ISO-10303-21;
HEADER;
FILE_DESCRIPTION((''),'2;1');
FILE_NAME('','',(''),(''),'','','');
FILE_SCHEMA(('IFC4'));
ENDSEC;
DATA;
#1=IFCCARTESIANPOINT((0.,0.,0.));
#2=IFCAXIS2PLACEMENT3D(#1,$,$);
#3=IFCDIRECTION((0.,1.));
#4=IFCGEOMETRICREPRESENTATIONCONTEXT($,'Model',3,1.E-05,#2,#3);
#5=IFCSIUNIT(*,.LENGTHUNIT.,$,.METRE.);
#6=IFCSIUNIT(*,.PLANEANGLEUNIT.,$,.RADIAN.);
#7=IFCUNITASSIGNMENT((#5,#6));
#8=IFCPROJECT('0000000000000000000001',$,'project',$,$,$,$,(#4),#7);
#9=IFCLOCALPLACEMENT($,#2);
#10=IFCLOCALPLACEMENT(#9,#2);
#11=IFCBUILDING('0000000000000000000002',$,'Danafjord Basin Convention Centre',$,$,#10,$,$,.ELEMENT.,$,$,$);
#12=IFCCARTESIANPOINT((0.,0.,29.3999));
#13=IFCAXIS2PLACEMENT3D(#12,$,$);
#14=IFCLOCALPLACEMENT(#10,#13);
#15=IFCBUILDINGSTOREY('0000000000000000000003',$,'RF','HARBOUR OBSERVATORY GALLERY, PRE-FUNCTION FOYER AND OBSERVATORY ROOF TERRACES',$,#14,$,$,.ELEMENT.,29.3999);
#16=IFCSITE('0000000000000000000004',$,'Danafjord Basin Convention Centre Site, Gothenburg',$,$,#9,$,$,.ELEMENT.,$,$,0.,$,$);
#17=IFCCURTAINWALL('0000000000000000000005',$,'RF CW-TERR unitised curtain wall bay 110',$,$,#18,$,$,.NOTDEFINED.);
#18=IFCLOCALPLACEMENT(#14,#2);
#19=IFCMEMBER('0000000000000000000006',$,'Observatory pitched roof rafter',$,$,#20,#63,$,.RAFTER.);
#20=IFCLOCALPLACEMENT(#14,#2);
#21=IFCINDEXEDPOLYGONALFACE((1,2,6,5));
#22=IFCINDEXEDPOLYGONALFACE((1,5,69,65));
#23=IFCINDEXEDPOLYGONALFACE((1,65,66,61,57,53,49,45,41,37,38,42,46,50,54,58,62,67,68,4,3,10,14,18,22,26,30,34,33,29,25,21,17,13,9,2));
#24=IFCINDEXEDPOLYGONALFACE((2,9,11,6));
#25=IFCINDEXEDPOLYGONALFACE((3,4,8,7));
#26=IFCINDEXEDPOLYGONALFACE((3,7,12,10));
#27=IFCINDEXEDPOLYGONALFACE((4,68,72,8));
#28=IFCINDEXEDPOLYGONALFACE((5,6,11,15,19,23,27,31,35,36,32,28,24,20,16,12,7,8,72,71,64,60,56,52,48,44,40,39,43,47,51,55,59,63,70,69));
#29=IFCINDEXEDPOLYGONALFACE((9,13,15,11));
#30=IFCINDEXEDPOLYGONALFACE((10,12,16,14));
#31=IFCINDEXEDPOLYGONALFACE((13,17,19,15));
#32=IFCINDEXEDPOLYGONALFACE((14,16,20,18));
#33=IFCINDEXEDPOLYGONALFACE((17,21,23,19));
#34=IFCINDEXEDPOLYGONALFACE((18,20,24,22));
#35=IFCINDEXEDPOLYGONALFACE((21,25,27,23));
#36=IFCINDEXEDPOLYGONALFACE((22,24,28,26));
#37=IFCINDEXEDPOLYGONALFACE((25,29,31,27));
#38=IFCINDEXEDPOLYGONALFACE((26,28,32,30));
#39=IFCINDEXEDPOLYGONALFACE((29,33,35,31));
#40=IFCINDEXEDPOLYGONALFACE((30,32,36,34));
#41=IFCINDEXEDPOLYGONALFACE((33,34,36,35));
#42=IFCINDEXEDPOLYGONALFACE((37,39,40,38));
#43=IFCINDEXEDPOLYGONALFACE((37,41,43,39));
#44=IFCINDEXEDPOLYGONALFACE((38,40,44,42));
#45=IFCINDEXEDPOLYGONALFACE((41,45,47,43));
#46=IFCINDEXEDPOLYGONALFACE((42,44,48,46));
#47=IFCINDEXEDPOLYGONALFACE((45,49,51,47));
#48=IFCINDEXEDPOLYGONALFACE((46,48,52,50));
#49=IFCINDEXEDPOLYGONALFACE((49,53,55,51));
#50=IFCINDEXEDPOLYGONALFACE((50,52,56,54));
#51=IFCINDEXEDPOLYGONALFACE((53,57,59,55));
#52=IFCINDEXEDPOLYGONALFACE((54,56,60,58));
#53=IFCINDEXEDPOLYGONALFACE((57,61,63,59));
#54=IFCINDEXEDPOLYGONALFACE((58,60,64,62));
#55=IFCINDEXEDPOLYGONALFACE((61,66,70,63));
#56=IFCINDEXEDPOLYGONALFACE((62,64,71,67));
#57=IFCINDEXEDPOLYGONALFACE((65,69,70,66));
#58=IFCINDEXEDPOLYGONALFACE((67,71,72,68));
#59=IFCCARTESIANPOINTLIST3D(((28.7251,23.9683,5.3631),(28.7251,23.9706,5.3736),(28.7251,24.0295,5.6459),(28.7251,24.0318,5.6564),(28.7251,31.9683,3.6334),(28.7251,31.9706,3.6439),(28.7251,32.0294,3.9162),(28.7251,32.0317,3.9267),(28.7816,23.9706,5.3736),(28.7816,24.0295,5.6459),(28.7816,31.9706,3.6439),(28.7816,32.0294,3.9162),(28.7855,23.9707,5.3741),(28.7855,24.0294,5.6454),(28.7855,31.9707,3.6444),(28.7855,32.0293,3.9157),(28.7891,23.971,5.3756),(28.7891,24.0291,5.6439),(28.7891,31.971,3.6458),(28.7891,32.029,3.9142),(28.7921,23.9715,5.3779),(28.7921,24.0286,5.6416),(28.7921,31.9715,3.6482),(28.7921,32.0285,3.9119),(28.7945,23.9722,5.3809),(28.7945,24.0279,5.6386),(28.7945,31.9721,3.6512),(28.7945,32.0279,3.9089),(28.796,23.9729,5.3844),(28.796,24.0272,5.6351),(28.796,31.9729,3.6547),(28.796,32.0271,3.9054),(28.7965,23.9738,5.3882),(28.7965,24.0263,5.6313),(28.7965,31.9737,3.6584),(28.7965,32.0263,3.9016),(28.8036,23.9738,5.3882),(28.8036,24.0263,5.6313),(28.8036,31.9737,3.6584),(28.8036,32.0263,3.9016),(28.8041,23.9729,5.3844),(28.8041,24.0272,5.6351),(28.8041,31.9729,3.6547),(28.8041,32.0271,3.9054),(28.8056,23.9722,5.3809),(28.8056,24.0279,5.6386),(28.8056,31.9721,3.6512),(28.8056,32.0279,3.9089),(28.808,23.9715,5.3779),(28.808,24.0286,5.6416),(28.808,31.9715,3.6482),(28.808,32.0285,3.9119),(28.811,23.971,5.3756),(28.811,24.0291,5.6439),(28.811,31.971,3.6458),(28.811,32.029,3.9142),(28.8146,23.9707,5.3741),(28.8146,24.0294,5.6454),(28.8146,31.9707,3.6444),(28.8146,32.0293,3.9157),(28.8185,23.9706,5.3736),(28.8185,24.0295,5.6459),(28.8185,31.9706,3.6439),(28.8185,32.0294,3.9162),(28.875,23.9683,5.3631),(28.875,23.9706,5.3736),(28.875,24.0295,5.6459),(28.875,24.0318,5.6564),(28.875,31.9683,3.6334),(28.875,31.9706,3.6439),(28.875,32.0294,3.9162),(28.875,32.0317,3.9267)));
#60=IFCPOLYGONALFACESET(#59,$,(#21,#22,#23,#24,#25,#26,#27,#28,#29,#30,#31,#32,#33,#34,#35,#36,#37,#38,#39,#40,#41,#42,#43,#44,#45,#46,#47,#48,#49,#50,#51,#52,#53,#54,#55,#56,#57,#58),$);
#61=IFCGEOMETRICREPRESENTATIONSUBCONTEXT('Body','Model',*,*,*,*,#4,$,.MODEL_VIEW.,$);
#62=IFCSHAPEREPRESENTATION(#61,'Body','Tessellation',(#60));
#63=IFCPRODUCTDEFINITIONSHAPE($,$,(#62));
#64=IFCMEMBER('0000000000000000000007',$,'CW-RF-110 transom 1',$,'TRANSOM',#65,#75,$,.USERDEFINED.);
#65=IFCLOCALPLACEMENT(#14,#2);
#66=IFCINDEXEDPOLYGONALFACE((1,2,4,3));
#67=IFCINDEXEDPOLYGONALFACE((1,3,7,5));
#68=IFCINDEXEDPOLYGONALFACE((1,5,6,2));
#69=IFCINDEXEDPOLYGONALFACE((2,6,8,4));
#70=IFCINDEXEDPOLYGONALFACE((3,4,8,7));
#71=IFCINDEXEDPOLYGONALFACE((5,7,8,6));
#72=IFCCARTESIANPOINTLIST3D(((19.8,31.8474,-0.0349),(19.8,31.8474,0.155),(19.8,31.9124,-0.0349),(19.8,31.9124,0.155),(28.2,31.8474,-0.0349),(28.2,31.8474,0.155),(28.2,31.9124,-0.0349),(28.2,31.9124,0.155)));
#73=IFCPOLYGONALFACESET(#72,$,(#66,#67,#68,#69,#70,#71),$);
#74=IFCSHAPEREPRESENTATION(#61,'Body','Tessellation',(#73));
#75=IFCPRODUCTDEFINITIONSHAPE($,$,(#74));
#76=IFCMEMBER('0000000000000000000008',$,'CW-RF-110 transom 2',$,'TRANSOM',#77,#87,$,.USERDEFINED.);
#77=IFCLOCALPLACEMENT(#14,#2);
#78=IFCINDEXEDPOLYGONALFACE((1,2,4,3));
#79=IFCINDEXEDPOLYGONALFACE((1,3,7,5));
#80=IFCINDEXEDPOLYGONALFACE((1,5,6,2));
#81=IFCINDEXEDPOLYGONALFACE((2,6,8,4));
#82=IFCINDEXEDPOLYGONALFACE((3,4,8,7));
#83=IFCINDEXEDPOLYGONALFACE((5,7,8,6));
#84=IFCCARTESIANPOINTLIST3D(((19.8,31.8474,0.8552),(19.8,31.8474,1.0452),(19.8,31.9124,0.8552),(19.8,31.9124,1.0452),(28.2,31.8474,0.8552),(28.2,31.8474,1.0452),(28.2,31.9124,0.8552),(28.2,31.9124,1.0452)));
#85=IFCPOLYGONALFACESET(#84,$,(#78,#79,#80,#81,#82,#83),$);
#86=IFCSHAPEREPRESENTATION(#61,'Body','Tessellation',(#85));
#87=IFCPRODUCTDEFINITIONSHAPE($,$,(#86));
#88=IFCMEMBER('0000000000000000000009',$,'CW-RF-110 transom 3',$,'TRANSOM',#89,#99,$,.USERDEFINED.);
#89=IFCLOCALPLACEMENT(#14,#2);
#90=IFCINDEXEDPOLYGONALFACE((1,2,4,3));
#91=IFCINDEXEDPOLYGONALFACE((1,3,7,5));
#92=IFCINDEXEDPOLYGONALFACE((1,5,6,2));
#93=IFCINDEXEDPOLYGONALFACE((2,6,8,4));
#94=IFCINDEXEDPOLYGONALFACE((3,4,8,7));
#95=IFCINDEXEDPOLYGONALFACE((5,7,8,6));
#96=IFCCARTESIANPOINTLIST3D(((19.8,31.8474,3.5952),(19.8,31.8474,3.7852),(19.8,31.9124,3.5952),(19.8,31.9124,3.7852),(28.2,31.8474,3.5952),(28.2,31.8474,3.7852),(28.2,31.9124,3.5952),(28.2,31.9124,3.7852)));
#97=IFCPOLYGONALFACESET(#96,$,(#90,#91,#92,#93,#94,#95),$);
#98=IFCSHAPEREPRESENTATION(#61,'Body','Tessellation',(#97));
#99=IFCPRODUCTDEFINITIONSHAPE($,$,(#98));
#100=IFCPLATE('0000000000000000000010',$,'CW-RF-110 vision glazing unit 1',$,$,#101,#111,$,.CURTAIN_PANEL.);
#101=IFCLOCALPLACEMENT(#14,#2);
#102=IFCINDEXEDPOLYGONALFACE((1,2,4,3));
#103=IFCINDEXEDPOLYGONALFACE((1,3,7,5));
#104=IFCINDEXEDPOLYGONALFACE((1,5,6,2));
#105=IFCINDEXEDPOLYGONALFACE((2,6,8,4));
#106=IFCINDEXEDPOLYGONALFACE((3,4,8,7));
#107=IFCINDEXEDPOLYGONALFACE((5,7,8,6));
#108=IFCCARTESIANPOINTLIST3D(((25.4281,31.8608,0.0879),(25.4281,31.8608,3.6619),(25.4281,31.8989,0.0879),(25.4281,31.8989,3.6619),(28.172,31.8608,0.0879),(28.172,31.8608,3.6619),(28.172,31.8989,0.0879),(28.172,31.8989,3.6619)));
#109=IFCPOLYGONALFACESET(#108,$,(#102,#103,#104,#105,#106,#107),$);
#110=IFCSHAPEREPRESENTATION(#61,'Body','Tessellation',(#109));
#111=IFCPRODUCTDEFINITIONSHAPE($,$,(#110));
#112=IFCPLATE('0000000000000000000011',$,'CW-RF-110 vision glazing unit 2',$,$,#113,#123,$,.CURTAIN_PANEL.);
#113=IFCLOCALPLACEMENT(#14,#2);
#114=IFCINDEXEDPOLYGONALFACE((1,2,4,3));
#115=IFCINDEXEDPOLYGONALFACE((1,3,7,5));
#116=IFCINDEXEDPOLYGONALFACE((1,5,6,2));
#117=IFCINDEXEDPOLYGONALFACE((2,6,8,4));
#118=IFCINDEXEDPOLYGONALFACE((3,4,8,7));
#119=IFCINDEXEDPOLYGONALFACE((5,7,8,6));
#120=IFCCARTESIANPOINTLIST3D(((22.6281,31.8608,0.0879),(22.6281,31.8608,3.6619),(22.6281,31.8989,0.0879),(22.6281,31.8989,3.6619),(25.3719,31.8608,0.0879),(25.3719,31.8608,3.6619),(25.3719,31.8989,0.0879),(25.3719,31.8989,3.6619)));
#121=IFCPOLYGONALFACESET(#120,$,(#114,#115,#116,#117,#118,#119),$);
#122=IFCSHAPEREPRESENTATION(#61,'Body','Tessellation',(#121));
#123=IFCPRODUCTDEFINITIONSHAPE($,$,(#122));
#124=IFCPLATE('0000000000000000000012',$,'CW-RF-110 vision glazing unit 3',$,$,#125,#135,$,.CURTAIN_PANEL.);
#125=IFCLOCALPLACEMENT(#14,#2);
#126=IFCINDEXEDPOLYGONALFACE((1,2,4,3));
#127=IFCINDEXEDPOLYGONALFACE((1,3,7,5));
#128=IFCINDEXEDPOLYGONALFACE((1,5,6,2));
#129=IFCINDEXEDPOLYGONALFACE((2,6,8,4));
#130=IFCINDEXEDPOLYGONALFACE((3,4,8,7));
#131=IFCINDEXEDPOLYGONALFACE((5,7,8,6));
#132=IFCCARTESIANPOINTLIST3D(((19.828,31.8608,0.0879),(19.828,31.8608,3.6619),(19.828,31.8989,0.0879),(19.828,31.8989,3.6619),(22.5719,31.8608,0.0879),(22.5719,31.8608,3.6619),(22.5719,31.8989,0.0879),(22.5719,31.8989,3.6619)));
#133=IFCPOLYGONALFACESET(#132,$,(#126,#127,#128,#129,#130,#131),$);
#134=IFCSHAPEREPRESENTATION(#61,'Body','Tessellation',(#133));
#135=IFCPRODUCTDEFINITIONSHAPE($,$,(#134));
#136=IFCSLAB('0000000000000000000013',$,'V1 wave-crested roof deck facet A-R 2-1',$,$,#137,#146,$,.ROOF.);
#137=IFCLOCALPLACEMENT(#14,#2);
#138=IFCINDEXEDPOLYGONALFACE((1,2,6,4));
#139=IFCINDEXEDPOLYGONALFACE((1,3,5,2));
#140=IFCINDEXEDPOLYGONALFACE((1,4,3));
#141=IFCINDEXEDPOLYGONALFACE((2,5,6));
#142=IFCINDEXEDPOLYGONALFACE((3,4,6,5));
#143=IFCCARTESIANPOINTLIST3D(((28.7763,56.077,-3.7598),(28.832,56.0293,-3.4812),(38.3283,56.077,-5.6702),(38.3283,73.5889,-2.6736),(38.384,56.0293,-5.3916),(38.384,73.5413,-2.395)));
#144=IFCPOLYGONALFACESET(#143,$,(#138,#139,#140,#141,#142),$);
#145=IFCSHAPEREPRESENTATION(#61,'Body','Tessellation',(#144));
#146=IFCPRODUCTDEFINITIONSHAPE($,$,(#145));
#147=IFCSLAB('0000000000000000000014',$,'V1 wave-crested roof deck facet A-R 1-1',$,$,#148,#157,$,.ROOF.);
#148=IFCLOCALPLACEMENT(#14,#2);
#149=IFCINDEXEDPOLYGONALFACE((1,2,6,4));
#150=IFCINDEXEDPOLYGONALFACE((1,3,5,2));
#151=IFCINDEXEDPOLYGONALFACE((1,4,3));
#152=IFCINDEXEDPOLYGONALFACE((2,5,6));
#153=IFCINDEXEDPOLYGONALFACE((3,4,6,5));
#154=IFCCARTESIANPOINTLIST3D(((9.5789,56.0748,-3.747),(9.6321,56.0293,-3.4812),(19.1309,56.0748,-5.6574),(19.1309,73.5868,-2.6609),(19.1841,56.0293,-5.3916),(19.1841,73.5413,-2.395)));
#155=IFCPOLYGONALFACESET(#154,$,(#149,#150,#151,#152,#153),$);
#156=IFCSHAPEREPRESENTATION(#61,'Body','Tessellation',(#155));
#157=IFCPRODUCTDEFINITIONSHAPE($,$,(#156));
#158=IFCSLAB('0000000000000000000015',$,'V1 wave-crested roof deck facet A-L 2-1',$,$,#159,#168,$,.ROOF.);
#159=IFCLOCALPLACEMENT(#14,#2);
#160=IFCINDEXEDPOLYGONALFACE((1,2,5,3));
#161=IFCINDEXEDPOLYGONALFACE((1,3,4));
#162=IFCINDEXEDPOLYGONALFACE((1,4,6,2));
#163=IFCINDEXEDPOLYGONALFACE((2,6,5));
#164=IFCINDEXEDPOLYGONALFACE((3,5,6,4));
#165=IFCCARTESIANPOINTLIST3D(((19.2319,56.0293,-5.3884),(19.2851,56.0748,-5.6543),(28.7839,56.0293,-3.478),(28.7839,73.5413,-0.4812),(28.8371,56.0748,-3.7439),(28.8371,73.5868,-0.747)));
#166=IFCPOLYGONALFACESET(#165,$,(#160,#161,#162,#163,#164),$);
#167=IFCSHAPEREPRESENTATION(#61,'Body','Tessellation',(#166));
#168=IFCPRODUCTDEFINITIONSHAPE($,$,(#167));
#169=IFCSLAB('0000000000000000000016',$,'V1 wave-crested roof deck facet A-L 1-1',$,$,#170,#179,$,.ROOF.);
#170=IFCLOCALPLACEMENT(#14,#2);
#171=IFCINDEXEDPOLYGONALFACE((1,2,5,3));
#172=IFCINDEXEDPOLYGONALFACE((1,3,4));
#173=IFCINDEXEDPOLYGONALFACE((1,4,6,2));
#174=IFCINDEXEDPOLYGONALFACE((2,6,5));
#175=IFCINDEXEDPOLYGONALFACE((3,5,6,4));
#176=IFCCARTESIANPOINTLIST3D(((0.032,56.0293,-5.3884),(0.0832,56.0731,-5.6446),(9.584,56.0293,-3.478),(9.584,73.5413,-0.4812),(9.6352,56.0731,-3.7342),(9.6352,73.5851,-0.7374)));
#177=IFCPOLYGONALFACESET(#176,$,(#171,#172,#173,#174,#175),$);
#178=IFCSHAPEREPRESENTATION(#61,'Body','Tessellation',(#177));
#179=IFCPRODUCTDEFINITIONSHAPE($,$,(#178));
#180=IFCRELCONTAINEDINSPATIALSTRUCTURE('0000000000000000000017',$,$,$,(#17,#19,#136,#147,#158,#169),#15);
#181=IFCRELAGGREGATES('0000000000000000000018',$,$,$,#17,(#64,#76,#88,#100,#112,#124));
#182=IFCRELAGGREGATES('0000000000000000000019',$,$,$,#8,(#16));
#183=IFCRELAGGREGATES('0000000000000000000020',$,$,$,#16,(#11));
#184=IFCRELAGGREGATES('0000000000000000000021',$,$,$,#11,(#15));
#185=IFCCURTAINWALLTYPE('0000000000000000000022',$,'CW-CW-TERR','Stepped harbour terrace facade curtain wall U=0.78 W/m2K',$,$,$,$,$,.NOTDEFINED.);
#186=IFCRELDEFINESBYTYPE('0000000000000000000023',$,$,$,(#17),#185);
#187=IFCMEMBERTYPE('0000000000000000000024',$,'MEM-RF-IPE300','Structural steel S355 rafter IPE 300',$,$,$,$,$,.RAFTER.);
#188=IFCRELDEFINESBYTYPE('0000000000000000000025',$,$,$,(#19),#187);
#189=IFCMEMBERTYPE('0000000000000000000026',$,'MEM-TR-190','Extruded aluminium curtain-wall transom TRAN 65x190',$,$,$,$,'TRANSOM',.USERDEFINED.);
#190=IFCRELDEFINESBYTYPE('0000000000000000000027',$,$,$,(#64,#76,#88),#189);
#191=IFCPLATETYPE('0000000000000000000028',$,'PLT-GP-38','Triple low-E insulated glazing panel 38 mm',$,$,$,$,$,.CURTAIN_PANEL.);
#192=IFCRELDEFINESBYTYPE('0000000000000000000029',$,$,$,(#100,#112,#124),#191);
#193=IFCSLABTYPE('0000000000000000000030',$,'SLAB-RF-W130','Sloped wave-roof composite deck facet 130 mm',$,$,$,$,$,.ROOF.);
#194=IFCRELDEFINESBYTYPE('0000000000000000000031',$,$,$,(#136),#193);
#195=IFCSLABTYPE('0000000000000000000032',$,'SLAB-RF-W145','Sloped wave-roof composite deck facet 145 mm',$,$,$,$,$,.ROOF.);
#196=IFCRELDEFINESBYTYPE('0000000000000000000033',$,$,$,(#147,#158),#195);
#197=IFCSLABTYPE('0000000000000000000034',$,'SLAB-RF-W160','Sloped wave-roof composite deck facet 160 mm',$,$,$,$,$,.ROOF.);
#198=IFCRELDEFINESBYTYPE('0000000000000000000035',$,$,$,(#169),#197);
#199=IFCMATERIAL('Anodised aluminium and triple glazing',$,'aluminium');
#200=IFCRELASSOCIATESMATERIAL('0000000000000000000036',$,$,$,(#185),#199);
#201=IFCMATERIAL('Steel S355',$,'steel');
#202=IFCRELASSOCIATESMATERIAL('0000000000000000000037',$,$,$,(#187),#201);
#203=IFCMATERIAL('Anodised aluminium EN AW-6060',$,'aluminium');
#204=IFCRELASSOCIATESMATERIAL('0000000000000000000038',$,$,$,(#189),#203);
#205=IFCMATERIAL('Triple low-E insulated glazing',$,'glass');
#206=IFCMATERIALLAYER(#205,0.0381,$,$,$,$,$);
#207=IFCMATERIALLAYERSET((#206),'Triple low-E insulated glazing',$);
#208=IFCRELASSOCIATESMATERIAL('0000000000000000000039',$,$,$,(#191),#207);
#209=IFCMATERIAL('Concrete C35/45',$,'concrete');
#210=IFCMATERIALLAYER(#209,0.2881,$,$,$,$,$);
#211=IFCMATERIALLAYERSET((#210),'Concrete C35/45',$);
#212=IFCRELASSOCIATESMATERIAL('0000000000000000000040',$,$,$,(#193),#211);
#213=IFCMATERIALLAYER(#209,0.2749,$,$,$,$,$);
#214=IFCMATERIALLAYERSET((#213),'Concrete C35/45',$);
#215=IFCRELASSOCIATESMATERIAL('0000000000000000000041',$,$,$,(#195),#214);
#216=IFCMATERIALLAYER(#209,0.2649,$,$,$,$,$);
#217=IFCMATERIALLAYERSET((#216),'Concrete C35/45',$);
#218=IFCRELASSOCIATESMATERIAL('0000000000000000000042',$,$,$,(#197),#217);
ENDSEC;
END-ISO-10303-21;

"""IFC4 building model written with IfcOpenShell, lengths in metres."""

from ifc_helpers import new_model, si_unit, direction, frame, origin, origin_2d, place, context, subcontext, project, spatial, polyline, rectangle, i_section, outline, extrude, material, layer, layer_set, material_profile, profile_set, type_object, element, aggregate, save


model = new_model("IFC4")

# Units and contexts
model_context = context("Model", 3, precision=1e-05, world=origin(), true_north=direction((0.0, 1.0)))
body_context = subcontext(model_context, "Body", "Model", "MODEL_VIEW")
ifc_project = project(units=[si_unit("LENGTHUNIT", "METRE"), si_unit("PLANEANGLEUNIT", "RADIAN")], contexts=[model_context])

# Site, building, storey
site_placement = place(None, origin())
site = spatial("IfcSite", under=ifc_project, at=site_placement, Name="Danafjord Basin Convention Centre Site, Gothenburg", CompositionType="ELEMENT", RefElevation=0.0)
building_placement = place(site_placement, origin())
building = spatial("IfcBuilding", under=site, at=building_placement, Name="Danafjord Basin Convention Centre", CompositionType="ELEMENT")
storey_placement = place(building_placement, frame((0.0, 0.0, 29.3999)))
storey = spatial("IfcBuildingStorey", under=building, at=storey_placement, Name="RF", Description="HARBOUR OBSERVATORY GALLERY, PRE-FUNCTION FOYER AND OBSERVATORY ROOF TERRACES", CompositionType="ELEMENT", Elevation=29.3999)

# Shared definitions
ifc_material_1 = material(Name="Steel S355", Category="steel")

# Curtain wall
ifc_material_2 = material(Name="Anodised aluminium and triple glazing", Category="aluminium")
curtain_wall_type = type_object("IfcCurtainWallType", Name="CW-CW-TERR", Description="Stepped harbour terrace facade curtain wall U=0.78 W/m2K", PredefinedType="NOTDEFINED", material=ifc_material_2)
curtain_wall_placement = place(storey_placement, origin())
curtain_wall = element("IfcCurtainWall", 1, at=curtain_wall_placement, inside=storey, type_object=curtain_wall_type, Name="RF CW-TERR unitised curtain wall bay 110", PredefinedType="NOTDEFINED")
ifc_material_3 = material(Name="Anodised aluminium EN AW-6060", Category="aluminium")

# Member
ifc_material_profile_1 = material_profile(ifc_material_1, i_section(OverallWidth=0.1499, OverallDepth=0.3, WebThickness=0.0071, FlangeThickness=0.0107, FilletRadius=0.0149, at=origin_2d()), Name="IPE 300")
ifc_profile_set_1 = profile_set([ifc_material_profile_1], Name="Steel S355")
member_type_1 = type_object("IfcMemberType", Name="MEM-RF-IPE300", Description="Structural steel S355 rafter IPE 300", PredefinedType="RAFTER", material=ifc_profile_set_1)
member_1_placement = place(storey_placement, frame((28.8, 32.0, 3.78), z_axis=(0.0, -0.977414, 0.211334), x_axis=(1.0, 0.0, 0.0)))
element("IfcMember", 2, at=member_1_placement, inside=storey, type_object=member_type_1, Name="Observatory pitched roof rafter", PredefinedType="RAFTER", context=body_context, shape_type="SweptSolid", body=[
    extrude(i_section(OverallWidth=0.1499, OverallDepth=0.3, WebThickness=0.0071, FlangeThickness=0.0107, FilletRadius=0.0149, at=origin_2d()), origin(), (0.0, 0.0, 1.0), 8.1848),
])

# Members
ifc_material_profile_2 = material_profile(ifc_material_3, rectangle(XDim=0.0649, YDim=0.1899, at=origin_2d()), Name="TRAN 65x190")
ifc_profile_set_2 = profile_set([ifc_material_profile_2], Name="Anodised aluminium EN AW-6060")
member_type_2 = type_object("IfcMemberType", Name="MEM-TR-190", Description="Extruded aluminium curtain-wall transom TRAN 65x190", ElementType="TRANSOM", PredefinedType="USERDEFINED", material=ifc_profile_set_2)
member_2_placement = place(storey_placement, frame((28.2, 31.8799, 0.0601), z_axis=(-1.0, 0.0, 0.0), x_axis=(0.0, -1.0, 0.0)))
member_2 = element("IfcMember", 3, at=member_2_placement, type_object=member_type_2, Name="CW-RF-110 transom 1", ObjectType="TRANSOM", PredefinedType="USERDEFINED", context=body_context, shape_type="SweptSolid", body=[
    extrude(rectangle(XDim=0.0649, YDim=0.1899, at=origin_2d()), origin(), (0.0, 0.0, 1.0), 8.3999),
])
member_3_placement = place(storey_placement, frame((28.2, 31.8799, 0.9502), z_axis=(-1.0, 0.0, 0.0), x_axis=(0.0, -1.0, 0.0)))
member_3 = element("IfcMember", 4, at=member_3_placement, type_object=member_type_2, Name="CW-RF-110 transom 2", ObjectType="TRANSOM", PredefinedType="USERDEFINED", context=body_context, shape_type="SweptSolid", body=[
    extrude(rectangle(XDim=0.0649, YDim=0.1899, at=origin_2d()), origin(), (0.0, 0.0, 1.0), 8.3999),
])
member_4_placement = place(storey_placement, frame((28.2, 31.8799, 3.6902), z_axis=(-1.0, 0.0, 0.0), x_axis=(0.0, -1.0, 0.0)))
member_4 = element("IfcMember", 5, at=member_4_placement, type_object=member_type_2, Name="CW-RF-110 transom 3", ObjectType="TRANSOM", PredefinedType="USERDEFINED", context=body_context, shape_type="SweptSolid", body=[
    extrude(rectangle(XDim=0.0649, YDim=0.1899, at=origin_2d()), origin(), (0.0, 0.0, 1.0), 8.3999),
])

# Plates
ifc_material_4 = material(Name="Triple low-E insulated glazing", Category="glass")
ifc_layer_1 = layer(ifc_material_4, 0.0381)
ifc_layer_set_1 = layer_set([ifc_layer_1], Name="Triple low-E insulated glazing")
plate_type = type_object("IfcPlateType", Name="PLT-GP-38", Description="Triple low-E insulated glazing panel 38 mm", PredefinedType="CURTAIN_PANEL", material=ifc_layer_set_1)
plate_1_placement = place(storey_placement, frame((26.8, 31.8799, 0.0879), z_axis=(0.0, 0.0, 1.0), x_axis=(-1.0, 0.0, 0.0)))
plate_1 = element("IfcPlate", 6, at=plate_1_placement, type_object=plate_type, Name="CW-RF-110 vision glazing unit 1", PredefinedType="CURTAIN_PANEL", context=body_context, shape_type="SweptSolid", body=[
    extrude(rectangle(XDim=2.7439, YDim=0.0381, at=origin_2d()), origin(), (0.0, 0.0, 1.0), 3.574),
])
plate_2_placement = place(storey_placement, frame((24.0, 31.8799, 0.0879), z_axis=(0.0, 0.0, 1.0), x_axis=(-1.0, 0.0, 0.0)))
plate_2 = element("IfcPlate", 7, at=plate_2_placement, type_object=plate_type, Name="CW-RF-110 vision glazing unit 2", PredefinedType="CURTAIN_PANEL", context=body_context, shape_type="SweptSolid", body=[
    extrude(rectangle(XDim=2.7439, YDim=0.0381, at=origin_2d()), origin(), (0.0, 0.0, 1.0), 3.574),
])
plate_3_placement = place(storey_placement, frame((21.2, 31.8799, 0.0879), z_axis=(0.0, 0.0, 1.0), x_axis=(-1.0, 0.0, 0.0)))
plate_3 = element("IfcPlate", 8, at=plate_3_placement, type_object=plate_type, Name="CW-RF-110 vision glazing unit 3", PredefinedType="CURTAIN_PANEL", context=body_context, shape_type="SweptSolid", body=[
    extrude(rectangle(XDim=2.7439, YDim=0.0381, at=origin_2d()), origin(), (0.0, 0.0, 1.0), 3.574),
])
aggregate(curtain_wall, [member_2, member_3, member_4, plate_1, plate_2, plate_3])

# Slabs
ifc_material_5 = material(Name="Concrete C35/45", Category="concrete")
ifc_layer_2 = layer(ifc_material_5, 0.2881)
ifc_layer_set_2 = layer_set([ifc_layer_2], Name="Concrete C35/45")
slab_type_1 = type_object("IfcSlabType", Name="SLAB-RF-W130", Description="Sloped wave-roof composite deck facet 130 mm", PredefinedType="ROOF", material=ifc_layer_set_2)
slab_1_placement = place(storey_placement, frame((28.832, 56.0293, -3.4812), z_axis=(0.193412, -0.16548, 0.967062), x_axis=(0.980581, 0.0, -0.196116)))
element("IfcSlab", 9, at=slab_1_placement, inside=storey, type_object=slab_type_1, Name="V1 wave-crested roof deck facet A-R 2-1", PredefinedType="ROOF", context=body_context, shape_type="SweptSolid", body=[
    extrude(outline(polyline([(0.0, 0.0), (9.7412, 0.0), (9.1535, 17.7568), (0.0, 0.0)])), origin(), (0.0, 0.0, -1.0), 0.2881),
])
ifc_layer_3 = layer(ifc_material_5, 0.2749)
ifc_layer_set_3 = layer_set([ifc_layer_3], Name="Concrete C35/45")
slab_type_2 = type_object("IfcSlabType", Name="SLAB-RF-W145", Description="Sloped wave-roof composite deck facet 145 mm", PredefinedType="ROOF", material=ifc_layer_set_3)
slab_2_placement = place(storey_placement, frame((9.6321, 56.0293, -3.4812), z_axis=(0.193412, -0.16548, 0.967062), x_axis=(0.980581, 0.0, -0.196116)))
element("IfcSlab", 10, at=slab_2_placement, inside=storey, type_object=slab_type_2, Name="V1 wave-crested roof deck facet A-R 1-1", PredefinedType="ROOF", context=body_context, shape_type="SweptSolid", body=[
    extrude(outline(polyline([(0.0, 0.0), (9.7412, 0.0), (9.1535, 17.7568), (0.0, 0.0)])), origin(), (0.0, 0.0, -1.0), 0.2749),
])
slab_3_placement = place(storey_placement, frame((19.2319, 56.0293, -5.3884), z_axis=(-0.193412, -0.165493, 0.967059), x_axis=(0.980581, 0.0, 0.196116)))
element("IfcSlab", 11, at=slab_3_placement, inside=storey, type_object=slab_type_2, Name="V1 wave-crested roof deck facet A-L 2-1", PredefinedType="ROOF", context=body_context, shape_type="SweptSolid", body=[
    extrude(outline(polyline([(0.0, 0.0), (9.7412, 0.0), (10.3289, 17.7568), (0.0, 0.0)])), origin(), (0.0, 0.0, -1.0), 0.2749),
])
ifc_layer_4 = layer(ifc_material_5, 0.2649)
ifc_layer_set_4 = layer_set([ifc_layer_4], Name="Concrete C35/45")
slab_type_3 = type_object("IfcSlabType", Name="SLAB-RF-W160", Description="Sloped wave-roof composite deck facet 160 mm", PredefinedType="ROOF", material=ifc_layer_set_4)
slab_4_placement = place(storey_placement, frame((0.032, 56.0293, -5.3884), z_axis=(-0.193412, -0.165493, 0.967059), x_axis=(0.980581, 0.0, 0.196116)))
element("IfcSlab", 12, at=slab_4_placement, inside=storey, type_object=slab_type_3, Name="V1 wave-crested roof deck facet A-L 1-1", PredefinedType="ROOF", context=body_context, shape_type="SweptSolid", body=[
    extrude(outline(polyline([(0.0, 0.0), (9.7412, 0.0), (10.3289, 17.7568), (0.0, 0.0)])), origin(), (0.0, 0.0, -1.0), 0.2649),
])

save(model, "model.ifc")
